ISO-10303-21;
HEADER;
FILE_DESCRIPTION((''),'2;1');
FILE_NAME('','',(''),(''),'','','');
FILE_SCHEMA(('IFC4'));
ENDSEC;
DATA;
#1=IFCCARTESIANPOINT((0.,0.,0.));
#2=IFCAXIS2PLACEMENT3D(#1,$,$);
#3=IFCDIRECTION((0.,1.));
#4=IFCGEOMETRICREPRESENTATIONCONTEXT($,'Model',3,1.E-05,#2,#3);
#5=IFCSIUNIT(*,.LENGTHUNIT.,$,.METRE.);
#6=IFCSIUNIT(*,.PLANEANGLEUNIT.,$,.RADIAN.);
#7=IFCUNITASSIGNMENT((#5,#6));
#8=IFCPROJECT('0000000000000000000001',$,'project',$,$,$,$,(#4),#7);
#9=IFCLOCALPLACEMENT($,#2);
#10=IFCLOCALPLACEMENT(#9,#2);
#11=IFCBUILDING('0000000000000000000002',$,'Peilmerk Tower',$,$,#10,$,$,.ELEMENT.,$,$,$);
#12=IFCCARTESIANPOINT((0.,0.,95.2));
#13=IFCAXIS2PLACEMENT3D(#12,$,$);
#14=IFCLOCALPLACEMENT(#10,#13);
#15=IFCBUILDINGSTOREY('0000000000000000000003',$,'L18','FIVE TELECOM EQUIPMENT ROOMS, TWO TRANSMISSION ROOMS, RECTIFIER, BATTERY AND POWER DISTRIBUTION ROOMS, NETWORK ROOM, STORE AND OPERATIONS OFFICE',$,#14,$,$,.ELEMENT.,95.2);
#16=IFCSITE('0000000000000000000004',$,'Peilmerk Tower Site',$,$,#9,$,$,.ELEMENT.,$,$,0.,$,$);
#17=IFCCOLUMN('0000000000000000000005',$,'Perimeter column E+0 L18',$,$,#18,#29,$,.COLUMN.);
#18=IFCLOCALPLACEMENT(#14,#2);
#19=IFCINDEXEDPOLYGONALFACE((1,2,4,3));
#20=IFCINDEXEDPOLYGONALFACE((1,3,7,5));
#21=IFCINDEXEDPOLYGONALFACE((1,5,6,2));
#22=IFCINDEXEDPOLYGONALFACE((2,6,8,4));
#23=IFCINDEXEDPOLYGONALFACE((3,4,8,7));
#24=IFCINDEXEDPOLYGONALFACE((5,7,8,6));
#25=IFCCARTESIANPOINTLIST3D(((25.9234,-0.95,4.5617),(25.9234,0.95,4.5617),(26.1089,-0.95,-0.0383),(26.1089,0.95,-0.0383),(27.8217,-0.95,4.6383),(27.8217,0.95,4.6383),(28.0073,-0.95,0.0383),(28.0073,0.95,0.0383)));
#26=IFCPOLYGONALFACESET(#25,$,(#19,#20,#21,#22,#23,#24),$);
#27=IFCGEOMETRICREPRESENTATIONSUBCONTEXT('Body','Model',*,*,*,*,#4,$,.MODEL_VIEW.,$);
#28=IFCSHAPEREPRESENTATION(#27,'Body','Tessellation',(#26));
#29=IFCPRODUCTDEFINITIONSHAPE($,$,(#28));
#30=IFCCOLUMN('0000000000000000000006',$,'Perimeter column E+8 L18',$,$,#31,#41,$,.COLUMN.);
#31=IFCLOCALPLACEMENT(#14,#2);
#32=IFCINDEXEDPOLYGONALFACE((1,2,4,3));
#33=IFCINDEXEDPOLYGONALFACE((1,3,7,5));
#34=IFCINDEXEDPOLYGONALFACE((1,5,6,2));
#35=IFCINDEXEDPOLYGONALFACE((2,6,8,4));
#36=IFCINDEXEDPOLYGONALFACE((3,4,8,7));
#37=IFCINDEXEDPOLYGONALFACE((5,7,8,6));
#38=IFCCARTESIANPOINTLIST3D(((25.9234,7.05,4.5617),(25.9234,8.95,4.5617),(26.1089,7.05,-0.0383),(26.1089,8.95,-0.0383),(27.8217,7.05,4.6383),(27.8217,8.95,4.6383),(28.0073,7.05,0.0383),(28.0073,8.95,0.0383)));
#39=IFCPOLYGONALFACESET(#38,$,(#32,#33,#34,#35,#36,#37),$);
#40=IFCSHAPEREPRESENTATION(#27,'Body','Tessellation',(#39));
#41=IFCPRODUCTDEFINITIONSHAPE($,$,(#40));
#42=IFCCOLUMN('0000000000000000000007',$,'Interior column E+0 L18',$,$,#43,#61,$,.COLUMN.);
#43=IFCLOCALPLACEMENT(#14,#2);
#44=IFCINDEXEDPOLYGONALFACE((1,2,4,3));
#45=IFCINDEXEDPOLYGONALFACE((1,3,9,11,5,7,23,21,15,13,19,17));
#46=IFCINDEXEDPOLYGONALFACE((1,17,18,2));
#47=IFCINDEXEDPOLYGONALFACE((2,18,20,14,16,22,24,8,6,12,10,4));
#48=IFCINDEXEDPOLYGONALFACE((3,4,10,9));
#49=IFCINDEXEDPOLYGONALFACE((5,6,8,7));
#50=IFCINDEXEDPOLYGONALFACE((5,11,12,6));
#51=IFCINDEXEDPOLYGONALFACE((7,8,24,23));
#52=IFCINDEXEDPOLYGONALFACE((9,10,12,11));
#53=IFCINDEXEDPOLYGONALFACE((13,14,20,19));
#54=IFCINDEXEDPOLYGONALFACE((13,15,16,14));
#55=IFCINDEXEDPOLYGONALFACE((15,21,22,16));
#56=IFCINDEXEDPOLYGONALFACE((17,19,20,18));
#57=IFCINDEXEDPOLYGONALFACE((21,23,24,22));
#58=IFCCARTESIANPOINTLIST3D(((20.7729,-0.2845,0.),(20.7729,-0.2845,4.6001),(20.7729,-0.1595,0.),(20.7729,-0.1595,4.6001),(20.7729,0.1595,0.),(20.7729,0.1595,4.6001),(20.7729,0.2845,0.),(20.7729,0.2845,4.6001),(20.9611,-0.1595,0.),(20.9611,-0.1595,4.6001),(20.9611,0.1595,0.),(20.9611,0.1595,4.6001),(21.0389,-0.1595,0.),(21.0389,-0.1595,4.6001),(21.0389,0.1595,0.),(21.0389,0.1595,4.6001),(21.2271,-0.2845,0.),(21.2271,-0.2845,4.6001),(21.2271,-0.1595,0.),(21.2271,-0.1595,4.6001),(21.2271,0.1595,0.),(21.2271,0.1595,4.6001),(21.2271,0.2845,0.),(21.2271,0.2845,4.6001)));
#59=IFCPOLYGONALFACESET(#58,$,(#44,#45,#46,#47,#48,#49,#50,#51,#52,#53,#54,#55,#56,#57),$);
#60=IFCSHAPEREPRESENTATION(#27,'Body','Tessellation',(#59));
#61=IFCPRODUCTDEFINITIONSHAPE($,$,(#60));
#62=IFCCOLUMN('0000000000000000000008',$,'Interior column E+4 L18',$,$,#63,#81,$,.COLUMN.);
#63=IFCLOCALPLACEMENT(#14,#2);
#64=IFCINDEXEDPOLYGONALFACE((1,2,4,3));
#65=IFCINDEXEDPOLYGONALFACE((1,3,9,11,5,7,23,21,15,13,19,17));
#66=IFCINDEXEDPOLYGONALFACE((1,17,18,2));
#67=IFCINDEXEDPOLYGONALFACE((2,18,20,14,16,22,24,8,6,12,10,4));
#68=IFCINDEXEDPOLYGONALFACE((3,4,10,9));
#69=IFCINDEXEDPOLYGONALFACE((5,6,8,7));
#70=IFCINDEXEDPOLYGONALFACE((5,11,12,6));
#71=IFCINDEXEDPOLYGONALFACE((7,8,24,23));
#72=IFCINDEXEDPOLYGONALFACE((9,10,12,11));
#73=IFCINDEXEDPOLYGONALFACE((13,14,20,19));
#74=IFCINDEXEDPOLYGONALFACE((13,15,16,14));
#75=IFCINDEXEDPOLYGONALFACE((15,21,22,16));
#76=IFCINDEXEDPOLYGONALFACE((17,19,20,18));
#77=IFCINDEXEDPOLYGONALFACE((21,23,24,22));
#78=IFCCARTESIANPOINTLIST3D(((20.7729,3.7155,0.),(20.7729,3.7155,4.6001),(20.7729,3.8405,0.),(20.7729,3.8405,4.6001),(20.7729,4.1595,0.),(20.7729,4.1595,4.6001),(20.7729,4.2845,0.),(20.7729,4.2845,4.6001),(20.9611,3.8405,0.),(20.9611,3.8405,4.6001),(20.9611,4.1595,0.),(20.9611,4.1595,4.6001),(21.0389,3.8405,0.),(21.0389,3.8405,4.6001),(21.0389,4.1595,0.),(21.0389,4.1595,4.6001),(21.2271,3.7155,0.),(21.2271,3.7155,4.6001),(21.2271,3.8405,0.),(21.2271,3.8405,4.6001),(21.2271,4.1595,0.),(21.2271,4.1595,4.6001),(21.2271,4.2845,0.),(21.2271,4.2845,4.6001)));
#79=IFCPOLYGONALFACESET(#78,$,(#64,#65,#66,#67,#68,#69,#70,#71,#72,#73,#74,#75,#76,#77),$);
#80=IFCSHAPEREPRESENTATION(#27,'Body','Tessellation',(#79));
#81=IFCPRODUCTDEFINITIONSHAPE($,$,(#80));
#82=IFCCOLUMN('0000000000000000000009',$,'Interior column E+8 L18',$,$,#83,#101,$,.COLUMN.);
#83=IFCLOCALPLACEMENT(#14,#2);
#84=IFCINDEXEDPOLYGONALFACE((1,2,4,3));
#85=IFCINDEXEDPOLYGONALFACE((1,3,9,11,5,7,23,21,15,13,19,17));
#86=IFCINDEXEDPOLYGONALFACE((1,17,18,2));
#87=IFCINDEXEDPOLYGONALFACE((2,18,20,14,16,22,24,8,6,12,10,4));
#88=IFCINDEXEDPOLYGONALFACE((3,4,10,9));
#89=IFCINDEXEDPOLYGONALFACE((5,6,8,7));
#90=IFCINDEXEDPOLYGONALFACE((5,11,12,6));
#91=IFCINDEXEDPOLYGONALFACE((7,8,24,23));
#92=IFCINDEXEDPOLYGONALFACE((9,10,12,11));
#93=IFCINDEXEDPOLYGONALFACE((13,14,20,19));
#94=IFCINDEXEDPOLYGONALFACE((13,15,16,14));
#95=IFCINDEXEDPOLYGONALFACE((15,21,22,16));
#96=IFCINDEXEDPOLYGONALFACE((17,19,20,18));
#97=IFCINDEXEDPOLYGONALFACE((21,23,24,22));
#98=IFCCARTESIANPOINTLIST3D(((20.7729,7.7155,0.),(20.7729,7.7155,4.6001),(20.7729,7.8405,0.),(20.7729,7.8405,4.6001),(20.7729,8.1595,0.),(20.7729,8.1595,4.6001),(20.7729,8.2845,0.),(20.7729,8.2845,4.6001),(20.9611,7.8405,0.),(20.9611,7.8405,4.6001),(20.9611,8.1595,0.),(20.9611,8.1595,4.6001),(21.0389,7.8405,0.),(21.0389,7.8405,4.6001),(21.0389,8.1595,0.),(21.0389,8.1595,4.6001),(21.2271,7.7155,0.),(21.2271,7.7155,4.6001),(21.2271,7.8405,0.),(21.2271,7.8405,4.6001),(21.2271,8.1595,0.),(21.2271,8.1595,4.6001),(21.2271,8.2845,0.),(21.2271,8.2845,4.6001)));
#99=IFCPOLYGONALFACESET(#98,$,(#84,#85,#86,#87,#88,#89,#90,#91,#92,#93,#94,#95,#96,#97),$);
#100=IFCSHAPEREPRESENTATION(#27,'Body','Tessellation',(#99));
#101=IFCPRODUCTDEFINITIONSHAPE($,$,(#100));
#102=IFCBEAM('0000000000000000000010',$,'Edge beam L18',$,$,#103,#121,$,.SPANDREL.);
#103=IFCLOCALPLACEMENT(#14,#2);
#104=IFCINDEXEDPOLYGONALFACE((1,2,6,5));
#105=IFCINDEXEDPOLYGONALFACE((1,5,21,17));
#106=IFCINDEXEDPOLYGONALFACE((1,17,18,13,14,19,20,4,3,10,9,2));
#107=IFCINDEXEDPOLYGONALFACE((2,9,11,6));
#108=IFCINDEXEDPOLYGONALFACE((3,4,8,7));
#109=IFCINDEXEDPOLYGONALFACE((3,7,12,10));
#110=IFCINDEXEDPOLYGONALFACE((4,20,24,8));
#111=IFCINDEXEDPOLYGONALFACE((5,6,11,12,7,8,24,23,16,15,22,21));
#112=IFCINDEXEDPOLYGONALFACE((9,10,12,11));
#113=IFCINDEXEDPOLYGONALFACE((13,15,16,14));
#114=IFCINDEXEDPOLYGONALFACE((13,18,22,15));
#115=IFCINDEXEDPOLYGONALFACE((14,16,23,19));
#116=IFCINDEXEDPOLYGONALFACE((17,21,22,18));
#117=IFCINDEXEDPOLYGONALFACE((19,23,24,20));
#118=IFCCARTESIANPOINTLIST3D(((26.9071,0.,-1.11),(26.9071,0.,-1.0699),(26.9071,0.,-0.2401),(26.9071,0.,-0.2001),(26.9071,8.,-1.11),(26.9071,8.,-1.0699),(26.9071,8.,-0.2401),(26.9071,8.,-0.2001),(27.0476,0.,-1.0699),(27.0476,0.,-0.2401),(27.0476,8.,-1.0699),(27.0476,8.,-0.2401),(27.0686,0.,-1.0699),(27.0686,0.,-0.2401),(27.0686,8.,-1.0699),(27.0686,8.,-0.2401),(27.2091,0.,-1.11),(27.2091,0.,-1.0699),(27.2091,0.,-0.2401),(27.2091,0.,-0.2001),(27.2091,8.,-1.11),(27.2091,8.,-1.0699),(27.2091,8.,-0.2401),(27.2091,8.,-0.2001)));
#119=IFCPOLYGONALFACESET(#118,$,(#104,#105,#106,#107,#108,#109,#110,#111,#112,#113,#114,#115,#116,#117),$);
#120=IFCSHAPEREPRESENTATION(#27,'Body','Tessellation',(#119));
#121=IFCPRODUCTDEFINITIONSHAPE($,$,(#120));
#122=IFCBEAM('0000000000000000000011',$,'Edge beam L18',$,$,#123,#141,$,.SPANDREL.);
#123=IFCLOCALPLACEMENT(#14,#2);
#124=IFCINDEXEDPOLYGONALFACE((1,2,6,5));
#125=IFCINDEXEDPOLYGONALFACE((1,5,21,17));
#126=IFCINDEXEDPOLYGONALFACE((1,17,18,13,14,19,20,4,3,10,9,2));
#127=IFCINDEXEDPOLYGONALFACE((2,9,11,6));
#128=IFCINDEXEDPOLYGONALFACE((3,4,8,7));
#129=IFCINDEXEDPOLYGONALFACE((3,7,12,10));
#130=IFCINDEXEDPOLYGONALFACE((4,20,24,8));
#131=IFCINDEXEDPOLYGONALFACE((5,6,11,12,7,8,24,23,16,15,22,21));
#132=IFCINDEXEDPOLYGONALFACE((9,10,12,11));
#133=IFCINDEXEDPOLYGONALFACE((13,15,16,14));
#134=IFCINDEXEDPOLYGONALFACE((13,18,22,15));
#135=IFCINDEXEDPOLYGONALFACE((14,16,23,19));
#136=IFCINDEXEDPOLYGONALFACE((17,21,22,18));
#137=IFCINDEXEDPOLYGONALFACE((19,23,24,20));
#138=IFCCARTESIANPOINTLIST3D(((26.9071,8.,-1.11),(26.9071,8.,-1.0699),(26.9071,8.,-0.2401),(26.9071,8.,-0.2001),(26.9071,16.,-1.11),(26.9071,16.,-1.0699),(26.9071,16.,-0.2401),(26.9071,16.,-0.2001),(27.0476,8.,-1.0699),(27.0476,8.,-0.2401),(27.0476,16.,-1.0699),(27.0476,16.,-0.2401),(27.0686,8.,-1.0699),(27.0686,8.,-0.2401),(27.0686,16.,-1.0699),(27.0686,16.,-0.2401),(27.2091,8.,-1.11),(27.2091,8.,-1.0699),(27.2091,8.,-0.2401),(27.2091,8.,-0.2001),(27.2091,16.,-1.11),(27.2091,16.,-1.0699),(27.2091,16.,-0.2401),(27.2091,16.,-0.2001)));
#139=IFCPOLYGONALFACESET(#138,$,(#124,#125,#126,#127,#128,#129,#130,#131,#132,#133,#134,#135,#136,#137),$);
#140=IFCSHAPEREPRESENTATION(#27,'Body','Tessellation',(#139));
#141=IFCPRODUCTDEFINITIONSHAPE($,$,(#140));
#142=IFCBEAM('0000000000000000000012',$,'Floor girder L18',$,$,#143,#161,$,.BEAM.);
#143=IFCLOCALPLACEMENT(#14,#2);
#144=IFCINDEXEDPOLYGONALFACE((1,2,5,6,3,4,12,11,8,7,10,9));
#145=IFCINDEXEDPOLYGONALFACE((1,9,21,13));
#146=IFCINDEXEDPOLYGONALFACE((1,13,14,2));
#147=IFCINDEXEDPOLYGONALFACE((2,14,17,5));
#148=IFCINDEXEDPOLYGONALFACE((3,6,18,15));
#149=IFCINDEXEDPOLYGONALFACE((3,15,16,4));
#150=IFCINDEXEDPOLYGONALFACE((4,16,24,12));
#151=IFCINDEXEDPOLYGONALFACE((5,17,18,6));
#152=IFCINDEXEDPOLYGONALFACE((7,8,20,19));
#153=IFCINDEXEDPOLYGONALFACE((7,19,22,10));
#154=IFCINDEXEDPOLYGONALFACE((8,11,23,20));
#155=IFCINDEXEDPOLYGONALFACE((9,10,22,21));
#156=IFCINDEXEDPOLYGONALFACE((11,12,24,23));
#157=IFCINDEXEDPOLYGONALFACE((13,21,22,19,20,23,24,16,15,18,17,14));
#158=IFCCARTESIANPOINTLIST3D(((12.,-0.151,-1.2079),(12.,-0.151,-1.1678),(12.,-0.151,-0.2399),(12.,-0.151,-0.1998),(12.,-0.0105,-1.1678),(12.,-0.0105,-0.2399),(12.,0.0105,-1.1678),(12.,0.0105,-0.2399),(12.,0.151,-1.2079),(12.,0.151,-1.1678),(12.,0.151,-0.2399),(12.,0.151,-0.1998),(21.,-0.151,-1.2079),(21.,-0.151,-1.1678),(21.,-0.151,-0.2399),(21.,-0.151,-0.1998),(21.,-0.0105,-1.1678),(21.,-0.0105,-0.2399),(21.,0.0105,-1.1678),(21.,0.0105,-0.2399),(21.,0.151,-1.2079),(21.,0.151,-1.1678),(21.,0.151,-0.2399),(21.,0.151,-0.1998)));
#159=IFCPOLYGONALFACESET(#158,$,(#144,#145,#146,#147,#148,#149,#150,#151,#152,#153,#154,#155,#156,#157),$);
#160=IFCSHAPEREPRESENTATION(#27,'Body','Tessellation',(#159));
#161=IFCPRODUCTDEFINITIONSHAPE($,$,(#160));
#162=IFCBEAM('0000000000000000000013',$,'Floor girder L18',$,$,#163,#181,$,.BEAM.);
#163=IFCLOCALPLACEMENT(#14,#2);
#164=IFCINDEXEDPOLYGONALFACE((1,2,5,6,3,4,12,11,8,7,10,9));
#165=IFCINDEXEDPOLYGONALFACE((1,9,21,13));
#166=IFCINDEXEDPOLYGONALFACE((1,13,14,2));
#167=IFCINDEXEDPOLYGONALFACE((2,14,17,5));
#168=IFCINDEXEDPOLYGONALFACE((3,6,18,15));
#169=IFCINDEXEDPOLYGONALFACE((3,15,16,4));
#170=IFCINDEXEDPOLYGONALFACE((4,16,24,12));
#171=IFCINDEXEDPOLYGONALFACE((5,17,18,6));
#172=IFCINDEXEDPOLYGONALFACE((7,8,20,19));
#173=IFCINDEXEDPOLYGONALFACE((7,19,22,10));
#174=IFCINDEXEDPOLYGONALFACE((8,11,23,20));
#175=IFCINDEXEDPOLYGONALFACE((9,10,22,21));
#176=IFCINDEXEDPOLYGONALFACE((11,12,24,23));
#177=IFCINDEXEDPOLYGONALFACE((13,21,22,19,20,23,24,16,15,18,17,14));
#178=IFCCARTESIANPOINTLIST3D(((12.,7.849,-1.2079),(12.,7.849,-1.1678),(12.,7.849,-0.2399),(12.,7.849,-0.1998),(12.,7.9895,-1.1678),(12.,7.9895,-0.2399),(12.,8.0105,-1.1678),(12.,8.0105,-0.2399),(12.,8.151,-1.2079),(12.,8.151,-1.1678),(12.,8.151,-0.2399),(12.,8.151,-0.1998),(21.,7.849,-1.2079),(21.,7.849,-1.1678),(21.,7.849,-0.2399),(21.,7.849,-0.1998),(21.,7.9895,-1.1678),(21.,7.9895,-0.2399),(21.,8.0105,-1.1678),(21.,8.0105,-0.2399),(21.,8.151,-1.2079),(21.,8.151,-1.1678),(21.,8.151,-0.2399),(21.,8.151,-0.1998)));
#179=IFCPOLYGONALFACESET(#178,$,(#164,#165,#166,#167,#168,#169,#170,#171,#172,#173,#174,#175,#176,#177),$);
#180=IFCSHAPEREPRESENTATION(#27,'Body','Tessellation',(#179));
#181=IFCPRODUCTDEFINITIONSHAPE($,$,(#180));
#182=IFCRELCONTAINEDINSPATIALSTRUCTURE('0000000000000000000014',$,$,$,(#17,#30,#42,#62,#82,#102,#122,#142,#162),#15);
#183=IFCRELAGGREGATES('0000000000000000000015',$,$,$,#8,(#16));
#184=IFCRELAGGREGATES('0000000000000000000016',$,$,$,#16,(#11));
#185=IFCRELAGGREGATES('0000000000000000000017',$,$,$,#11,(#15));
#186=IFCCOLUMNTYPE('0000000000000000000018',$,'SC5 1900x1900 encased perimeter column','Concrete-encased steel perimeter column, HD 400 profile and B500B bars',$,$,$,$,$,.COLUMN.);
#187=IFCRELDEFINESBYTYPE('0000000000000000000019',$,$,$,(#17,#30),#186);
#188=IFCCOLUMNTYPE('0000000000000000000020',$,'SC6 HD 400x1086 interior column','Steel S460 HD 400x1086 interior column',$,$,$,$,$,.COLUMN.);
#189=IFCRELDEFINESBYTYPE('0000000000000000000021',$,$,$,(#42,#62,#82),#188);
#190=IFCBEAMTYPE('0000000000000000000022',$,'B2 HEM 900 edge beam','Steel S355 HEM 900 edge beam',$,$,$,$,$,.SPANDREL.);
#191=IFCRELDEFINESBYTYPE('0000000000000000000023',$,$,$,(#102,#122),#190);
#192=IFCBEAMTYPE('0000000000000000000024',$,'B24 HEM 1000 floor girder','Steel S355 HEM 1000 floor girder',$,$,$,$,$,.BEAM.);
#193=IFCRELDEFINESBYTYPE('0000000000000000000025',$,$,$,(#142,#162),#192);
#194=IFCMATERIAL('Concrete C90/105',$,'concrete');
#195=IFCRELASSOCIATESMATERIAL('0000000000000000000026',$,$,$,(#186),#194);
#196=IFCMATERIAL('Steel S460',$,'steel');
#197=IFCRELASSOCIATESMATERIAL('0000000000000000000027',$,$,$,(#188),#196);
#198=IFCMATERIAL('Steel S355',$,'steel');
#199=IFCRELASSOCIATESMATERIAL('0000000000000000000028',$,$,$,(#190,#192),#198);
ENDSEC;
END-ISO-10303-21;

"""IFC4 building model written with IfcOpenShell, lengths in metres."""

from ifc_helpers import new_model, si_unit, direction, frame, origin, origin_2d, place, context, subcontext, project, spatial, rectangle, i_section, extrude, material, material_profile, profile_set, type_object, element, save


model = new_model("IFC4")

# Units and contexts
model_context = context("Model", 3, precision=1e-05, world=origin(), true_north=direction((0.0, 1.0)))
body_context = subcontext(model_context, "Body", "Model", "MODEL_VIEW")
ifc_project = project(units=[si_unit("LENGTHUNIT", "METRE"), si_unit("PLANEANGLEUNIT", "RADIAN")], contexts=[model_context])

# Site, building, storey
site_placement = place(None, origin())
site = spatial("IfcSite", under=ifc_project, at=site_placement, Name="Peilmerk Tower Site", CompositionType="ELEMENT", RefElevation=0.0)
building_placement = place(site_placement, origin())
building = spatial("IfcBuilding", under=site, at=building_placement, Name="Peilmerk Tower", CompositionType="ELEMENT")
storey_placement = place(building_placement, frame((0.0, 0.0, 95.2)))
storey = spatial("IfcBuildingStorey", under=building, at=storey_placement, Name="L18", Description="FIVE TELECOM EQUIPMENT ROOMS, TWO TRANSMISSION ROOMS, RECTIFIER, BATTERY AND POWER DISTRIBUTION ROOMS, NETWORK ROOM, STORE AND OPERATIONS OFFICE", CompositionType="ELEMENT", Elevation=95.2)

# Columns
ifc_material_1 = material(Name="Concrete C90/105", Category="concrete")
ifc_material_profile_1 = material_profile(ifc_material_1, rectangle(XDim=1.8999, YDim=1.8999, at=origin_2d()), Name="RC 1900x1900")
ifc_profile_set_1 = profile_set([ifc_material_profile_1], Name="Concrete C90/105")
column_type_1 = type_object("IfcColumnType", Name="SC5 1900x1900 encased perimeter column", Description="Concrete-encased steel perimeter column, HD 400 profile and B500B bars", PredefinedType="COLUMN", material=ifc_profile_set_1)
for number, where, z_axis, x_axis, name in (
    (1, (27.0581, 0.0, 0.0), (-0.040303, 0.0, 0.999188), (0.0, -1.0, 0.0), "Perimeter column E+0 L18"),
    (2, (27.0581, 8.0, 0.0), (-0.040303, 0.0, 0.999188), (0.0, -1.0, 0.0), "Perimeter column E+8 L18"),
):
    element("IfcColumn", number, at=place(storey_placement, frame(where, z_axis=z_axis, x_axis=x_axis)), inside=storey, type_object=column_type_1, Name=name, PredefinedType="COLUMN", context=body_context, shape_type="SweptSolid", body=[
        extrude(rectangle(XDim=1.8999, YDim=1.8999, at=origin_2d()), origin(), (0.0, 0.0, 1.0), 4.6038),
    ])
ifc_material_2 = material(Name="Steel S460", Category="steel")
ifc_material_profile_2 = material_profile(ifc_material_2, i_section(OverallWidth=0.4541, OverallDepth=0.5691, WebThickness=0.0779, FlangeThickness=0.125, at=origin_2d()), Name="HD 400x1086")
ifc_profile_set_2 = profile_set([ifc_material_profile_2], Name="Steel S460")
column_type_2 = type_object("IfcColumnType", Name="SC6 HD 400x1086 interior column", Description="Steel S460 HD 400x1086 interior column", PredefinedType="COLUMN", material=ifc_profile_set_2)
for number, where, z_axis, x_axis, name in (
    (3, (21.0, 0.0, 0.0), (0.0, 0.0, 1.0), (1.0, 0.0, 0.0), "Interior column E+0 L18"),
    (4, (21.0, 4.0, 0.0), (0.0, 0.0, 1.0), (1.0, 0.0, 0.0), "Interior column E+4 L18"),
    (5, (21.0, 8.0, 0.0), (0.0, 0.0, 1.0), (1.0, 0.0, 0.0), "Interior column E+8 L18"),
):
    element("IfcColumn", number, at=place(storey_placement, frame(where, z_axis=z_axis, x_axis=x_axis)), inside=storey, type_object=column_type_2, Name=name, PredefinedType="COLUMN", context=body_context, shape_type="SweptSolid", body=[
        extrude(i_section(OverallWidth=0.4541, OverallDepth=0.5691, WebThickness=0.0779, FlangeThickness=0.125, at=origin_2d()), origin(), (0.0, 0.0, 1.0), 4.6001),
    ])

# Beams
ifc_material_3 = material(Name="Steel S355", Category="steel")
ifc_material_profile_3 = material_profile(ifc_material_3, i_section(OverallWidth=0.302, OverallDepth=0.9099, WebThickness=0.021, FlangeThickness=0.04, at=origin_2d()), Name="HEM 900")
ifc_profile_set_3 = profile_set([ifc_material_profile_3], Name="Steel S355")
beam_type_1 = type_object("IfcBeamType", Name="B2 HEM 900 edge beam", Description="Steel S355 HEM 900 edge beam", PredefinedType="SPANDREL", material=ifc_profile_set_3)
for number, where, z_axis, x_axis, name in (
    (6, (27.0581, 0.0, -0.655), (0.0, 1.0, 0.0), (-1.0, 0.0, 0.0), "Edge beam L18"),
    (7, (27.0581, 8.0, -0.655), (0.0, 1.0, 0.0), (-1.0, 0.0, 0.0), "Edge beam L18"),
):
    element("IfcBeam", number, at=place(storey_placement, frame(where, z_axis=z_axis, x_axis=x_axis)), inside=storey, type_object=beam_type_1, Name=name, PredefinedType="SPANDREL", context=body_context, shape_type="SweptSolid", body=[
        extrude(i_section(OverallWidth=0.302, OverallDepth=0.9099, WebThickness=0.021, FlangeThickness=0.04, at=origin_2d()), origin(), (0.0, 0.0, 1.0), 8.0),
    ])
ifc_material_profile_4 = material_profile(ifc_material_3, i_section(OverallWidth=0.302, OverallDepth=1.0081, WebThickness=0.021, FlangeThickness=0.04, at=origin_2d()), Name="HEM 1000")
ifc_profile_set_4 = profile_set([ifc_material_profile_4], Name="Steel S355")
beam_type_2 = type_object("IfcBeamType", Name="B24 HEM 1000 floor girder", Description="Steel S355 HEM 1000 floor girder", PredefinedType="BEAM", material=ifc_profile_set_4)
for number, where, z_axis, x_axis, name in (
    (8, (12.0, 0.0, -0.7039), (1.0, 0.0, 0.0), (0.0, 1.0, 0.0), "Floor girder L18"),
    (9, (12.0, 8.0, -0.7039), (1.0, 0.0, 0.0), (0.0, 1.0, 0.0), "Floor girder L18"),
):
    element("IfcBeam", number, at=place(storey_placement, frame(where, z_axis=z_axis, x_axis=x_axis)), inside=storey, type_object=beam_type_2, Name=name, PredefinedType="BEAM", context=body_context, shape_type="SweptSolid", body=[
        extrude(i_section(OverallWidth=0.302, OverallDepth=1.0081, WebThickness=0.021, FlangeThickness=0.04, at=origin_2d()), origin(), (0.0, 0.0, 1.0), 9.0),
    ])

save(model, "model.ifc")
